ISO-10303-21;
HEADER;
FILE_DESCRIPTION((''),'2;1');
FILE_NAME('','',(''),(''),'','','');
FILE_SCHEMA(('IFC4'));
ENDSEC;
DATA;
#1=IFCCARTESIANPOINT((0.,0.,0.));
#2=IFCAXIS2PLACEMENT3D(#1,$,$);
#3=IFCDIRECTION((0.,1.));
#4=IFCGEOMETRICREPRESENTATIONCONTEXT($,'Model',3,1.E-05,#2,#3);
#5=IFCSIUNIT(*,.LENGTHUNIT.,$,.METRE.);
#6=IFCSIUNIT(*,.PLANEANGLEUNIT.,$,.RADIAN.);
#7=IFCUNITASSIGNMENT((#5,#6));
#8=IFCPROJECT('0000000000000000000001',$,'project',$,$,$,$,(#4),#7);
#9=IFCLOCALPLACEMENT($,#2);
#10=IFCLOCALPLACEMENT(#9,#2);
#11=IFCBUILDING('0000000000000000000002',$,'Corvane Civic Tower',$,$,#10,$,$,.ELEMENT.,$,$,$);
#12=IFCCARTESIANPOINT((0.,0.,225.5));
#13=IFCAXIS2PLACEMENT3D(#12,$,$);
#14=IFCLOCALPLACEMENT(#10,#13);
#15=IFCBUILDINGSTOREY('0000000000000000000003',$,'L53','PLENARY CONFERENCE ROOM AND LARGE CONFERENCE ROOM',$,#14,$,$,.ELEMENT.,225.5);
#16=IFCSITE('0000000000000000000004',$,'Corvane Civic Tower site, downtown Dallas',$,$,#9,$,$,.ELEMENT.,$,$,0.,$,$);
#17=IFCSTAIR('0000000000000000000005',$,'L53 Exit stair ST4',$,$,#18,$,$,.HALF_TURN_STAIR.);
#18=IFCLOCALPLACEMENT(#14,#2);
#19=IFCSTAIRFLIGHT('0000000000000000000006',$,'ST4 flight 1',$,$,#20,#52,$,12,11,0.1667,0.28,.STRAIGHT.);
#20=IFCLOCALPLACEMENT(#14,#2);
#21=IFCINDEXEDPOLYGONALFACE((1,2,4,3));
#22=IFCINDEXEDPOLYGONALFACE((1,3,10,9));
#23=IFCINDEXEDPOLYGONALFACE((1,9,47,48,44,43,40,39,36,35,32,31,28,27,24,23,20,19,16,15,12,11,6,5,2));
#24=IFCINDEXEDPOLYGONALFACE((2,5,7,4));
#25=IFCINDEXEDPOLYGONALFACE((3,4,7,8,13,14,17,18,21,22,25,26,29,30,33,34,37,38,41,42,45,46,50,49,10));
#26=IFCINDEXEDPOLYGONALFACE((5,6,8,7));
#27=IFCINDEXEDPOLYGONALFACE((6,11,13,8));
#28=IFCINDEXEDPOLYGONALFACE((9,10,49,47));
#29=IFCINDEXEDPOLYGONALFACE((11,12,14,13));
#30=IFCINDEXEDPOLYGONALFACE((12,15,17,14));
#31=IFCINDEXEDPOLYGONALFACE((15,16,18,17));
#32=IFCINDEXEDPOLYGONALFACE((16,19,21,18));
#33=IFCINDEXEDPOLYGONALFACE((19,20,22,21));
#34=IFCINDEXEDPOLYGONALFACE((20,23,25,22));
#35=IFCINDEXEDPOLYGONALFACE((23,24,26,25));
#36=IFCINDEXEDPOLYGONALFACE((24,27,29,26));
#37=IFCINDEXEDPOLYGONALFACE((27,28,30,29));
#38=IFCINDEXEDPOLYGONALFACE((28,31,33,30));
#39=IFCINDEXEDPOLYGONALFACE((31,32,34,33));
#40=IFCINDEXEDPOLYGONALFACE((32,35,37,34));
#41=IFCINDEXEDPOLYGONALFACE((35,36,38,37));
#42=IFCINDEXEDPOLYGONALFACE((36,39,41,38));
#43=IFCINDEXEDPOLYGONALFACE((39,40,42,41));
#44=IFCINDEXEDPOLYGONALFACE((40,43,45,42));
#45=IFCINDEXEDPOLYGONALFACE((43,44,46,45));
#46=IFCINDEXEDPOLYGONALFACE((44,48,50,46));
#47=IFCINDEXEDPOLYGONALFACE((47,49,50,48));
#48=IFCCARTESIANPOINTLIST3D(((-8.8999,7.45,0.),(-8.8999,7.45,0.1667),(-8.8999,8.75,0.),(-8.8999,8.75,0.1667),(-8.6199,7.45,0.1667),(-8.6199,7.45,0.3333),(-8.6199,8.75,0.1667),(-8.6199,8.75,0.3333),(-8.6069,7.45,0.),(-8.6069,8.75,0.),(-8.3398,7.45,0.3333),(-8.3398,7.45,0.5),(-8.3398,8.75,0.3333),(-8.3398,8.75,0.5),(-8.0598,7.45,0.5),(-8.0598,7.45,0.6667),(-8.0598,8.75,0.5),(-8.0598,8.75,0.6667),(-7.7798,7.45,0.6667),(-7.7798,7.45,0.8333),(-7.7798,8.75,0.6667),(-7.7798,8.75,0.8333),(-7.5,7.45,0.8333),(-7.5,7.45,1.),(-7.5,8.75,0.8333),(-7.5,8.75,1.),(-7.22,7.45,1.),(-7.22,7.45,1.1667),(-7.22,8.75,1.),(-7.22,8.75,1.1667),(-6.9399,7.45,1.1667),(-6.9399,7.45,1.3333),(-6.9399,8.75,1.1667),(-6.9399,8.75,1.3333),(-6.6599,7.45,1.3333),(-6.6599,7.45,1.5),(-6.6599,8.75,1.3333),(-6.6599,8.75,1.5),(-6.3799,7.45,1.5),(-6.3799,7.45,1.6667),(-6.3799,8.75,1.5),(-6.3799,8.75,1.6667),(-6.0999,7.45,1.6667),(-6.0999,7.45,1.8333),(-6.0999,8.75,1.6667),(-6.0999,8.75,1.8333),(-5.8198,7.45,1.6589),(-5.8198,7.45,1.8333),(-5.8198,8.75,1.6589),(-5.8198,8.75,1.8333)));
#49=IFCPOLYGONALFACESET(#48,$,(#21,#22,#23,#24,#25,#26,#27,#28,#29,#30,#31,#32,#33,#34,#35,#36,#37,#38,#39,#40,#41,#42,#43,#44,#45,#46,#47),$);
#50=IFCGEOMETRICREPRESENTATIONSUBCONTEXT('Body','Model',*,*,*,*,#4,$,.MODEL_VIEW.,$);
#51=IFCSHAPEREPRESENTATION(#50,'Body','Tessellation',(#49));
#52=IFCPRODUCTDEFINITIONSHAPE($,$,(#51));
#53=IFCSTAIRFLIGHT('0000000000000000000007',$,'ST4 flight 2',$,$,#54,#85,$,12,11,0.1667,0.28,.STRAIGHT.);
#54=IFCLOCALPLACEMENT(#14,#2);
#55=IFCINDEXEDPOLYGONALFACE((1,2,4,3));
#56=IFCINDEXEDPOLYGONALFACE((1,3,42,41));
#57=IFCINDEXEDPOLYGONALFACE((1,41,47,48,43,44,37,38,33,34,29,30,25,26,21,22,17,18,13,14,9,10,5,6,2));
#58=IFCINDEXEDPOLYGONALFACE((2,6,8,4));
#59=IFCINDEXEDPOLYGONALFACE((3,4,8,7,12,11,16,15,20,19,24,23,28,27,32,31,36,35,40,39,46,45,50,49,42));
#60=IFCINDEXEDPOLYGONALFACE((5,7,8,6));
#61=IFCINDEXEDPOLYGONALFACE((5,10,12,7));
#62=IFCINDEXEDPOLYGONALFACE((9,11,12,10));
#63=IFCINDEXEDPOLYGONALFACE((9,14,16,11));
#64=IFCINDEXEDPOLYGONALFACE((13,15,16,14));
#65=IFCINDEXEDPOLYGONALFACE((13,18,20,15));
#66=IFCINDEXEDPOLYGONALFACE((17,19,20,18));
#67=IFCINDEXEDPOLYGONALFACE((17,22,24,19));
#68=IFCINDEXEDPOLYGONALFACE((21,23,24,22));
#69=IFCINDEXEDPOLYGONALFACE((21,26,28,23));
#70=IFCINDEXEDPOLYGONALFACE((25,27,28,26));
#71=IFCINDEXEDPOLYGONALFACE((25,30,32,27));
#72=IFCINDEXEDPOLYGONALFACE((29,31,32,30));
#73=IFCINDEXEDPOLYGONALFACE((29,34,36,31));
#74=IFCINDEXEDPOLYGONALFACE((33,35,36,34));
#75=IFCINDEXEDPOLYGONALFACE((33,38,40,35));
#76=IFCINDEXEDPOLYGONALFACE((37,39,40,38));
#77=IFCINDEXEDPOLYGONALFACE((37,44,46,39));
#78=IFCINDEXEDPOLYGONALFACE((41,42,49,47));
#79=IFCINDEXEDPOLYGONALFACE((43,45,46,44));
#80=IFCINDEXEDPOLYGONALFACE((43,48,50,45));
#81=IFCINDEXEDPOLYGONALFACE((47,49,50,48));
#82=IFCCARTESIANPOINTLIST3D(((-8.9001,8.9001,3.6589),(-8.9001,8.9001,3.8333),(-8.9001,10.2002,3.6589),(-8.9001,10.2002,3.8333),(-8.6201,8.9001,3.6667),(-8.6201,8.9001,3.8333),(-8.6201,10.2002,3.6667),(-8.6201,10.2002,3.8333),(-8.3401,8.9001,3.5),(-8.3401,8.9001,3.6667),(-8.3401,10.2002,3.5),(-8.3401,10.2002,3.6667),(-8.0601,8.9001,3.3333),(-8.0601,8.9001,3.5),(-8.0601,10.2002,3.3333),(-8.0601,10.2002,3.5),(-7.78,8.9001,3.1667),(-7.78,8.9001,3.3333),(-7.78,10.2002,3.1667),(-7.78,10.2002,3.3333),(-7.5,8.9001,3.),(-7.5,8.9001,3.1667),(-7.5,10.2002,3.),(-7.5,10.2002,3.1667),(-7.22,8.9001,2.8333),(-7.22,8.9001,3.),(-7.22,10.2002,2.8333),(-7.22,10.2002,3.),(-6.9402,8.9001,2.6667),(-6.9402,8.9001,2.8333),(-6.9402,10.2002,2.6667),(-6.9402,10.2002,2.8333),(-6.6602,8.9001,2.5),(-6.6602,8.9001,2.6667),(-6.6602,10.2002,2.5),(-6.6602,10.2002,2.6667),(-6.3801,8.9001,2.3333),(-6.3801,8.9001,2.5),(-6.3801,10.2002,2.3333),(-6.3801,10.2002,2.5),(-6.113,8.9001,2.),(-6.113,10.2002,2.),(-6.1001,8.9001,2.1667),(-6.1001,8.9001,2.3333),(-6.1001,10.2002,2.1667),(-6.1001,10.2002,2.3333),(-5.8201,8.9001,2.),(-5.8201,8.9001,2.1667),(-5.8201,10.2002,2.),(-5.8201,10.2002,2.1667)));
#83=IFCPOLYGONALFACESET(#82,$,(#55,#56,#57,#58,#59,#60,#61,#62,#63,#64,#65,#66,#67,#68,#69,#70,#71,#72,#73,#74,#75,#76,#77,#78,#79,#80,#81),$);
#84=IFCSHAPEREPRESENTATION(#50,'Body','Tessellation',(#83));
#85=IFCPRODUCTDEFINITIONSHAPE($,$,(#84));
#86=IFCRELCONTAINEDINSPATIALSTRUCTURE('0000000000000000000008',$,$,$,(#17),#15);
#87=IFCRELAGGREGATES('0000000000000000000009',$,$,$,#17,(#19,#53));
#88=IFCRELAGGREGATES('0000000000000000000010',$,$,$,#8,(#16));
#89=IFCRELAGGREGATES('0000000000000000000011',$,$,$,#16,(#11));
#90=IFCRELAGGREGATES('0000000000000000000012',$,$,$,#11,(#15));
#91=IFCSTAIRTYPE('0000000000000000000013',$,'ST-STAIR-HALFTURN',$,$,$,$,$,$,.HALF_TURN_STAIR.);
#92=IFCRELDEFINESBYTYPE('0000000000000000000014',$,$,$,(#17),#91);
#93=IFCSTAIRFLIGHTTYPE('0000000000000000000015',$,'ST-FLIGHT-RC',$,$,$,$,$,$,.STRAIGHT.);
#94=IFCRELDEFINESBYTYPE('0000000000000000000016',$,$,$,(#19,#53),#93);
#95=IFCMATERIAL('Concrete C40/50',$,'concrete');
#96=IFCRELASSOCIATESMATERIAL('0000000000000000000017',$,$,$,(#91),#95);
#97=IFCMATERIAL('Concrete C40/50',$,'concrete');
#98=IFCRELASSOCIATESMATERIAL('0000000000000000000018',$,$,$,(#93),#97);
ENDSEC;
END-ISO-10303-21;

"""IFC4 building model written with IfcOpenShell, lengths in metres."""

from ifc_helpers import new_model, si_unit, direction, frame, origin, place, context, subcontext, project, spatial, polyline, outline, extrude, material, type_object, element, aggregate, save


model = new_model("IFC4")

# Units and contexts
model_context = context("Model", 3, precision=1e-05, world=origin(), true_north=direction((0.0, 1.0)))
body_context = subcontext(model_context, "Body", "Model", "MODEL_VIEW")
ifc_project = project(units=[si_unit("LENGTHUNIT", "METRE"), si_unit("PLANEANGLEUNIT", "RADIAN")], contexts=[model_context])

# Site, building, storey
site_placement = place(None, origin())
site = spatial("IfcSite", under=ifc_project, at=site_placement, Name="Corvane Civic Tower site, downtown Dallas", CompositionType="ELEMENT", RefElevation=0.0)
building_placement = place(site_placement, origin())
building = spatial("IfcBuilding", under=site, at=building_placement, Name="Corvane Civic Tower", CompositionType="ELEMENT")
storey_placement = place(building_placement, frame((0.0, 0.0, 225.5)))
storey = spatial("IfcBuildingStorey", under=building, at=storey_placement, Name="L53", Description="PLENARY CONFERENCE ROOM AND LARGE CONFERENCE ROOM", CompositionType="ELEMENT", Elevation=225.5)

# Stair, stair flights
ifc_material_1 = material(Name="Concrete C40/50", Category="concrete")
stair_type = type_object("IfcStairType", Name="ST-STAIR-HALFTURN", PredefinedType="HALF_TURN_STAIR", material=ifc_material_1)
stair_placement = place(storey_placement, origin())
stair = element("IfcStair", 1, at=stair_placement, inside=storey, type_object=stair_type, Name="L53 Exit stair ST4", PredefinedType="HALF_TURN_STAIR")
ifc_material_2 = material(Name="Concrete C40/50", Category="concrete")
stair_flight_type = type_object("IfcStairFlightType", Name="ST-FLIGHT-RC", PredefinedType="STRAIGHT", material=ifc_material_2)
stair_flight_1_placement = place(storey_placement, frame((-8.8999, 8.1001, 0.0), z_axis=(0.0, 0.0, 1.0), x_axis=(1.0, 0.0, 0.0)))
stair_flight_1 = element("IfcStairFlight", 2, at=stair_flight_1_placement, type_object=stair_flight_type, Name="ST4 flight 1", NumberOfRisers=12, NumberOfTreads=11, PredefinedType="STRAIGHT", RiserHeight=0.1667, TreadLength=0.28, context=body_context, shape_type="SweptSolid", body=[
    extrude(outline(polyline([(0.0, 0.0), (0.0, 0.1667), (0.28, 0.1667), (0.28, 0.3333), (0.5601, 0.3333), (0.5601, 0.5), (0.8401, 0.5), (0.8401, 0.6667), (1.1201, 0.6667), (1.1201, 0.8333), (1.3999, 0.8333), (1.3999, 1.0), (1.6799, 1.0), (1.6799, 1.1667), (1.96, 1.1667), (1.96, 1.3333), (2.24, 1.3333), (2.24, 1.5), (2.52, 1.5), (2.52, 1.6667), (2.8, 1.6667), (2.8, 1.8333), (3.0801, 1.8333), (3.0801, 2.0), (3.0801, 1.6589), (0.293, 0.0), (0.0, 0.0)])), frame((0.0, 0.6499, 0.0), z_axis=(0.0, -1.0, 0.0), x_axis=(1.0, 0.0, 0.0)), (0.0, 0.0, 1.0), 1.3),
])
stair_flight_2_placement = place(storey_placement, frame((-5.8201, 9.55, 2.0), z_axis=(0.0, 0.0, 1.0), x_axis=(-1.0, 0.0, 0.0)))
stair_flight_2 = element("IfcStairFlight", 3, at=stair_flight_2_placement, type_object=stair_flight_type, Name="ST4 flight 2", NumberOfRisers=12, NumberOfTreads=11, PredefinedType="STRAIGHT", RiserHeight=0.1667, TreadLength=0.28, context=body_context, shape_type="SweptSolid", body=[
    extrude(outline(polyline([(0.0, 0.0), (0.0, 0.1667), (0.28, 0.1667), (0.28, 0.3333), (0.5601, 0.3333), (0.5601, 0.5), (0.8401, 0.5), (0.8401, 0.6667), (1.1201, 0.6667), (1.1201, 0.8333), (1.3999, 0.8333), (1.3999, 1.0), (1.6799, 1.0), (1.6799, 1.1667), (1.96, 1.1667), (1.96, 1.3333), (2.24, 1.3333), (2.24, 1.5), (2.52, 1.5), (2.52, 1.6667), (2.8, 1.6667), (2.8, 1.8333), (3.0801, 1.8333), (3.0801, 2.0), (3.0801, 1.6589), (0.293, 0.0), (0.0, 0.0)])), frame((0.0, 0.6499, 0.0), z_axis=(0.0, -1.0, 0.0), x_axis=(1.0, 0.0, 0.0)), (0.0, 0.0, 1.0), 1.3),
])
aggregate(stair, [stair_flight_1, stair_flight_2])

save(model, "model.ifc")
